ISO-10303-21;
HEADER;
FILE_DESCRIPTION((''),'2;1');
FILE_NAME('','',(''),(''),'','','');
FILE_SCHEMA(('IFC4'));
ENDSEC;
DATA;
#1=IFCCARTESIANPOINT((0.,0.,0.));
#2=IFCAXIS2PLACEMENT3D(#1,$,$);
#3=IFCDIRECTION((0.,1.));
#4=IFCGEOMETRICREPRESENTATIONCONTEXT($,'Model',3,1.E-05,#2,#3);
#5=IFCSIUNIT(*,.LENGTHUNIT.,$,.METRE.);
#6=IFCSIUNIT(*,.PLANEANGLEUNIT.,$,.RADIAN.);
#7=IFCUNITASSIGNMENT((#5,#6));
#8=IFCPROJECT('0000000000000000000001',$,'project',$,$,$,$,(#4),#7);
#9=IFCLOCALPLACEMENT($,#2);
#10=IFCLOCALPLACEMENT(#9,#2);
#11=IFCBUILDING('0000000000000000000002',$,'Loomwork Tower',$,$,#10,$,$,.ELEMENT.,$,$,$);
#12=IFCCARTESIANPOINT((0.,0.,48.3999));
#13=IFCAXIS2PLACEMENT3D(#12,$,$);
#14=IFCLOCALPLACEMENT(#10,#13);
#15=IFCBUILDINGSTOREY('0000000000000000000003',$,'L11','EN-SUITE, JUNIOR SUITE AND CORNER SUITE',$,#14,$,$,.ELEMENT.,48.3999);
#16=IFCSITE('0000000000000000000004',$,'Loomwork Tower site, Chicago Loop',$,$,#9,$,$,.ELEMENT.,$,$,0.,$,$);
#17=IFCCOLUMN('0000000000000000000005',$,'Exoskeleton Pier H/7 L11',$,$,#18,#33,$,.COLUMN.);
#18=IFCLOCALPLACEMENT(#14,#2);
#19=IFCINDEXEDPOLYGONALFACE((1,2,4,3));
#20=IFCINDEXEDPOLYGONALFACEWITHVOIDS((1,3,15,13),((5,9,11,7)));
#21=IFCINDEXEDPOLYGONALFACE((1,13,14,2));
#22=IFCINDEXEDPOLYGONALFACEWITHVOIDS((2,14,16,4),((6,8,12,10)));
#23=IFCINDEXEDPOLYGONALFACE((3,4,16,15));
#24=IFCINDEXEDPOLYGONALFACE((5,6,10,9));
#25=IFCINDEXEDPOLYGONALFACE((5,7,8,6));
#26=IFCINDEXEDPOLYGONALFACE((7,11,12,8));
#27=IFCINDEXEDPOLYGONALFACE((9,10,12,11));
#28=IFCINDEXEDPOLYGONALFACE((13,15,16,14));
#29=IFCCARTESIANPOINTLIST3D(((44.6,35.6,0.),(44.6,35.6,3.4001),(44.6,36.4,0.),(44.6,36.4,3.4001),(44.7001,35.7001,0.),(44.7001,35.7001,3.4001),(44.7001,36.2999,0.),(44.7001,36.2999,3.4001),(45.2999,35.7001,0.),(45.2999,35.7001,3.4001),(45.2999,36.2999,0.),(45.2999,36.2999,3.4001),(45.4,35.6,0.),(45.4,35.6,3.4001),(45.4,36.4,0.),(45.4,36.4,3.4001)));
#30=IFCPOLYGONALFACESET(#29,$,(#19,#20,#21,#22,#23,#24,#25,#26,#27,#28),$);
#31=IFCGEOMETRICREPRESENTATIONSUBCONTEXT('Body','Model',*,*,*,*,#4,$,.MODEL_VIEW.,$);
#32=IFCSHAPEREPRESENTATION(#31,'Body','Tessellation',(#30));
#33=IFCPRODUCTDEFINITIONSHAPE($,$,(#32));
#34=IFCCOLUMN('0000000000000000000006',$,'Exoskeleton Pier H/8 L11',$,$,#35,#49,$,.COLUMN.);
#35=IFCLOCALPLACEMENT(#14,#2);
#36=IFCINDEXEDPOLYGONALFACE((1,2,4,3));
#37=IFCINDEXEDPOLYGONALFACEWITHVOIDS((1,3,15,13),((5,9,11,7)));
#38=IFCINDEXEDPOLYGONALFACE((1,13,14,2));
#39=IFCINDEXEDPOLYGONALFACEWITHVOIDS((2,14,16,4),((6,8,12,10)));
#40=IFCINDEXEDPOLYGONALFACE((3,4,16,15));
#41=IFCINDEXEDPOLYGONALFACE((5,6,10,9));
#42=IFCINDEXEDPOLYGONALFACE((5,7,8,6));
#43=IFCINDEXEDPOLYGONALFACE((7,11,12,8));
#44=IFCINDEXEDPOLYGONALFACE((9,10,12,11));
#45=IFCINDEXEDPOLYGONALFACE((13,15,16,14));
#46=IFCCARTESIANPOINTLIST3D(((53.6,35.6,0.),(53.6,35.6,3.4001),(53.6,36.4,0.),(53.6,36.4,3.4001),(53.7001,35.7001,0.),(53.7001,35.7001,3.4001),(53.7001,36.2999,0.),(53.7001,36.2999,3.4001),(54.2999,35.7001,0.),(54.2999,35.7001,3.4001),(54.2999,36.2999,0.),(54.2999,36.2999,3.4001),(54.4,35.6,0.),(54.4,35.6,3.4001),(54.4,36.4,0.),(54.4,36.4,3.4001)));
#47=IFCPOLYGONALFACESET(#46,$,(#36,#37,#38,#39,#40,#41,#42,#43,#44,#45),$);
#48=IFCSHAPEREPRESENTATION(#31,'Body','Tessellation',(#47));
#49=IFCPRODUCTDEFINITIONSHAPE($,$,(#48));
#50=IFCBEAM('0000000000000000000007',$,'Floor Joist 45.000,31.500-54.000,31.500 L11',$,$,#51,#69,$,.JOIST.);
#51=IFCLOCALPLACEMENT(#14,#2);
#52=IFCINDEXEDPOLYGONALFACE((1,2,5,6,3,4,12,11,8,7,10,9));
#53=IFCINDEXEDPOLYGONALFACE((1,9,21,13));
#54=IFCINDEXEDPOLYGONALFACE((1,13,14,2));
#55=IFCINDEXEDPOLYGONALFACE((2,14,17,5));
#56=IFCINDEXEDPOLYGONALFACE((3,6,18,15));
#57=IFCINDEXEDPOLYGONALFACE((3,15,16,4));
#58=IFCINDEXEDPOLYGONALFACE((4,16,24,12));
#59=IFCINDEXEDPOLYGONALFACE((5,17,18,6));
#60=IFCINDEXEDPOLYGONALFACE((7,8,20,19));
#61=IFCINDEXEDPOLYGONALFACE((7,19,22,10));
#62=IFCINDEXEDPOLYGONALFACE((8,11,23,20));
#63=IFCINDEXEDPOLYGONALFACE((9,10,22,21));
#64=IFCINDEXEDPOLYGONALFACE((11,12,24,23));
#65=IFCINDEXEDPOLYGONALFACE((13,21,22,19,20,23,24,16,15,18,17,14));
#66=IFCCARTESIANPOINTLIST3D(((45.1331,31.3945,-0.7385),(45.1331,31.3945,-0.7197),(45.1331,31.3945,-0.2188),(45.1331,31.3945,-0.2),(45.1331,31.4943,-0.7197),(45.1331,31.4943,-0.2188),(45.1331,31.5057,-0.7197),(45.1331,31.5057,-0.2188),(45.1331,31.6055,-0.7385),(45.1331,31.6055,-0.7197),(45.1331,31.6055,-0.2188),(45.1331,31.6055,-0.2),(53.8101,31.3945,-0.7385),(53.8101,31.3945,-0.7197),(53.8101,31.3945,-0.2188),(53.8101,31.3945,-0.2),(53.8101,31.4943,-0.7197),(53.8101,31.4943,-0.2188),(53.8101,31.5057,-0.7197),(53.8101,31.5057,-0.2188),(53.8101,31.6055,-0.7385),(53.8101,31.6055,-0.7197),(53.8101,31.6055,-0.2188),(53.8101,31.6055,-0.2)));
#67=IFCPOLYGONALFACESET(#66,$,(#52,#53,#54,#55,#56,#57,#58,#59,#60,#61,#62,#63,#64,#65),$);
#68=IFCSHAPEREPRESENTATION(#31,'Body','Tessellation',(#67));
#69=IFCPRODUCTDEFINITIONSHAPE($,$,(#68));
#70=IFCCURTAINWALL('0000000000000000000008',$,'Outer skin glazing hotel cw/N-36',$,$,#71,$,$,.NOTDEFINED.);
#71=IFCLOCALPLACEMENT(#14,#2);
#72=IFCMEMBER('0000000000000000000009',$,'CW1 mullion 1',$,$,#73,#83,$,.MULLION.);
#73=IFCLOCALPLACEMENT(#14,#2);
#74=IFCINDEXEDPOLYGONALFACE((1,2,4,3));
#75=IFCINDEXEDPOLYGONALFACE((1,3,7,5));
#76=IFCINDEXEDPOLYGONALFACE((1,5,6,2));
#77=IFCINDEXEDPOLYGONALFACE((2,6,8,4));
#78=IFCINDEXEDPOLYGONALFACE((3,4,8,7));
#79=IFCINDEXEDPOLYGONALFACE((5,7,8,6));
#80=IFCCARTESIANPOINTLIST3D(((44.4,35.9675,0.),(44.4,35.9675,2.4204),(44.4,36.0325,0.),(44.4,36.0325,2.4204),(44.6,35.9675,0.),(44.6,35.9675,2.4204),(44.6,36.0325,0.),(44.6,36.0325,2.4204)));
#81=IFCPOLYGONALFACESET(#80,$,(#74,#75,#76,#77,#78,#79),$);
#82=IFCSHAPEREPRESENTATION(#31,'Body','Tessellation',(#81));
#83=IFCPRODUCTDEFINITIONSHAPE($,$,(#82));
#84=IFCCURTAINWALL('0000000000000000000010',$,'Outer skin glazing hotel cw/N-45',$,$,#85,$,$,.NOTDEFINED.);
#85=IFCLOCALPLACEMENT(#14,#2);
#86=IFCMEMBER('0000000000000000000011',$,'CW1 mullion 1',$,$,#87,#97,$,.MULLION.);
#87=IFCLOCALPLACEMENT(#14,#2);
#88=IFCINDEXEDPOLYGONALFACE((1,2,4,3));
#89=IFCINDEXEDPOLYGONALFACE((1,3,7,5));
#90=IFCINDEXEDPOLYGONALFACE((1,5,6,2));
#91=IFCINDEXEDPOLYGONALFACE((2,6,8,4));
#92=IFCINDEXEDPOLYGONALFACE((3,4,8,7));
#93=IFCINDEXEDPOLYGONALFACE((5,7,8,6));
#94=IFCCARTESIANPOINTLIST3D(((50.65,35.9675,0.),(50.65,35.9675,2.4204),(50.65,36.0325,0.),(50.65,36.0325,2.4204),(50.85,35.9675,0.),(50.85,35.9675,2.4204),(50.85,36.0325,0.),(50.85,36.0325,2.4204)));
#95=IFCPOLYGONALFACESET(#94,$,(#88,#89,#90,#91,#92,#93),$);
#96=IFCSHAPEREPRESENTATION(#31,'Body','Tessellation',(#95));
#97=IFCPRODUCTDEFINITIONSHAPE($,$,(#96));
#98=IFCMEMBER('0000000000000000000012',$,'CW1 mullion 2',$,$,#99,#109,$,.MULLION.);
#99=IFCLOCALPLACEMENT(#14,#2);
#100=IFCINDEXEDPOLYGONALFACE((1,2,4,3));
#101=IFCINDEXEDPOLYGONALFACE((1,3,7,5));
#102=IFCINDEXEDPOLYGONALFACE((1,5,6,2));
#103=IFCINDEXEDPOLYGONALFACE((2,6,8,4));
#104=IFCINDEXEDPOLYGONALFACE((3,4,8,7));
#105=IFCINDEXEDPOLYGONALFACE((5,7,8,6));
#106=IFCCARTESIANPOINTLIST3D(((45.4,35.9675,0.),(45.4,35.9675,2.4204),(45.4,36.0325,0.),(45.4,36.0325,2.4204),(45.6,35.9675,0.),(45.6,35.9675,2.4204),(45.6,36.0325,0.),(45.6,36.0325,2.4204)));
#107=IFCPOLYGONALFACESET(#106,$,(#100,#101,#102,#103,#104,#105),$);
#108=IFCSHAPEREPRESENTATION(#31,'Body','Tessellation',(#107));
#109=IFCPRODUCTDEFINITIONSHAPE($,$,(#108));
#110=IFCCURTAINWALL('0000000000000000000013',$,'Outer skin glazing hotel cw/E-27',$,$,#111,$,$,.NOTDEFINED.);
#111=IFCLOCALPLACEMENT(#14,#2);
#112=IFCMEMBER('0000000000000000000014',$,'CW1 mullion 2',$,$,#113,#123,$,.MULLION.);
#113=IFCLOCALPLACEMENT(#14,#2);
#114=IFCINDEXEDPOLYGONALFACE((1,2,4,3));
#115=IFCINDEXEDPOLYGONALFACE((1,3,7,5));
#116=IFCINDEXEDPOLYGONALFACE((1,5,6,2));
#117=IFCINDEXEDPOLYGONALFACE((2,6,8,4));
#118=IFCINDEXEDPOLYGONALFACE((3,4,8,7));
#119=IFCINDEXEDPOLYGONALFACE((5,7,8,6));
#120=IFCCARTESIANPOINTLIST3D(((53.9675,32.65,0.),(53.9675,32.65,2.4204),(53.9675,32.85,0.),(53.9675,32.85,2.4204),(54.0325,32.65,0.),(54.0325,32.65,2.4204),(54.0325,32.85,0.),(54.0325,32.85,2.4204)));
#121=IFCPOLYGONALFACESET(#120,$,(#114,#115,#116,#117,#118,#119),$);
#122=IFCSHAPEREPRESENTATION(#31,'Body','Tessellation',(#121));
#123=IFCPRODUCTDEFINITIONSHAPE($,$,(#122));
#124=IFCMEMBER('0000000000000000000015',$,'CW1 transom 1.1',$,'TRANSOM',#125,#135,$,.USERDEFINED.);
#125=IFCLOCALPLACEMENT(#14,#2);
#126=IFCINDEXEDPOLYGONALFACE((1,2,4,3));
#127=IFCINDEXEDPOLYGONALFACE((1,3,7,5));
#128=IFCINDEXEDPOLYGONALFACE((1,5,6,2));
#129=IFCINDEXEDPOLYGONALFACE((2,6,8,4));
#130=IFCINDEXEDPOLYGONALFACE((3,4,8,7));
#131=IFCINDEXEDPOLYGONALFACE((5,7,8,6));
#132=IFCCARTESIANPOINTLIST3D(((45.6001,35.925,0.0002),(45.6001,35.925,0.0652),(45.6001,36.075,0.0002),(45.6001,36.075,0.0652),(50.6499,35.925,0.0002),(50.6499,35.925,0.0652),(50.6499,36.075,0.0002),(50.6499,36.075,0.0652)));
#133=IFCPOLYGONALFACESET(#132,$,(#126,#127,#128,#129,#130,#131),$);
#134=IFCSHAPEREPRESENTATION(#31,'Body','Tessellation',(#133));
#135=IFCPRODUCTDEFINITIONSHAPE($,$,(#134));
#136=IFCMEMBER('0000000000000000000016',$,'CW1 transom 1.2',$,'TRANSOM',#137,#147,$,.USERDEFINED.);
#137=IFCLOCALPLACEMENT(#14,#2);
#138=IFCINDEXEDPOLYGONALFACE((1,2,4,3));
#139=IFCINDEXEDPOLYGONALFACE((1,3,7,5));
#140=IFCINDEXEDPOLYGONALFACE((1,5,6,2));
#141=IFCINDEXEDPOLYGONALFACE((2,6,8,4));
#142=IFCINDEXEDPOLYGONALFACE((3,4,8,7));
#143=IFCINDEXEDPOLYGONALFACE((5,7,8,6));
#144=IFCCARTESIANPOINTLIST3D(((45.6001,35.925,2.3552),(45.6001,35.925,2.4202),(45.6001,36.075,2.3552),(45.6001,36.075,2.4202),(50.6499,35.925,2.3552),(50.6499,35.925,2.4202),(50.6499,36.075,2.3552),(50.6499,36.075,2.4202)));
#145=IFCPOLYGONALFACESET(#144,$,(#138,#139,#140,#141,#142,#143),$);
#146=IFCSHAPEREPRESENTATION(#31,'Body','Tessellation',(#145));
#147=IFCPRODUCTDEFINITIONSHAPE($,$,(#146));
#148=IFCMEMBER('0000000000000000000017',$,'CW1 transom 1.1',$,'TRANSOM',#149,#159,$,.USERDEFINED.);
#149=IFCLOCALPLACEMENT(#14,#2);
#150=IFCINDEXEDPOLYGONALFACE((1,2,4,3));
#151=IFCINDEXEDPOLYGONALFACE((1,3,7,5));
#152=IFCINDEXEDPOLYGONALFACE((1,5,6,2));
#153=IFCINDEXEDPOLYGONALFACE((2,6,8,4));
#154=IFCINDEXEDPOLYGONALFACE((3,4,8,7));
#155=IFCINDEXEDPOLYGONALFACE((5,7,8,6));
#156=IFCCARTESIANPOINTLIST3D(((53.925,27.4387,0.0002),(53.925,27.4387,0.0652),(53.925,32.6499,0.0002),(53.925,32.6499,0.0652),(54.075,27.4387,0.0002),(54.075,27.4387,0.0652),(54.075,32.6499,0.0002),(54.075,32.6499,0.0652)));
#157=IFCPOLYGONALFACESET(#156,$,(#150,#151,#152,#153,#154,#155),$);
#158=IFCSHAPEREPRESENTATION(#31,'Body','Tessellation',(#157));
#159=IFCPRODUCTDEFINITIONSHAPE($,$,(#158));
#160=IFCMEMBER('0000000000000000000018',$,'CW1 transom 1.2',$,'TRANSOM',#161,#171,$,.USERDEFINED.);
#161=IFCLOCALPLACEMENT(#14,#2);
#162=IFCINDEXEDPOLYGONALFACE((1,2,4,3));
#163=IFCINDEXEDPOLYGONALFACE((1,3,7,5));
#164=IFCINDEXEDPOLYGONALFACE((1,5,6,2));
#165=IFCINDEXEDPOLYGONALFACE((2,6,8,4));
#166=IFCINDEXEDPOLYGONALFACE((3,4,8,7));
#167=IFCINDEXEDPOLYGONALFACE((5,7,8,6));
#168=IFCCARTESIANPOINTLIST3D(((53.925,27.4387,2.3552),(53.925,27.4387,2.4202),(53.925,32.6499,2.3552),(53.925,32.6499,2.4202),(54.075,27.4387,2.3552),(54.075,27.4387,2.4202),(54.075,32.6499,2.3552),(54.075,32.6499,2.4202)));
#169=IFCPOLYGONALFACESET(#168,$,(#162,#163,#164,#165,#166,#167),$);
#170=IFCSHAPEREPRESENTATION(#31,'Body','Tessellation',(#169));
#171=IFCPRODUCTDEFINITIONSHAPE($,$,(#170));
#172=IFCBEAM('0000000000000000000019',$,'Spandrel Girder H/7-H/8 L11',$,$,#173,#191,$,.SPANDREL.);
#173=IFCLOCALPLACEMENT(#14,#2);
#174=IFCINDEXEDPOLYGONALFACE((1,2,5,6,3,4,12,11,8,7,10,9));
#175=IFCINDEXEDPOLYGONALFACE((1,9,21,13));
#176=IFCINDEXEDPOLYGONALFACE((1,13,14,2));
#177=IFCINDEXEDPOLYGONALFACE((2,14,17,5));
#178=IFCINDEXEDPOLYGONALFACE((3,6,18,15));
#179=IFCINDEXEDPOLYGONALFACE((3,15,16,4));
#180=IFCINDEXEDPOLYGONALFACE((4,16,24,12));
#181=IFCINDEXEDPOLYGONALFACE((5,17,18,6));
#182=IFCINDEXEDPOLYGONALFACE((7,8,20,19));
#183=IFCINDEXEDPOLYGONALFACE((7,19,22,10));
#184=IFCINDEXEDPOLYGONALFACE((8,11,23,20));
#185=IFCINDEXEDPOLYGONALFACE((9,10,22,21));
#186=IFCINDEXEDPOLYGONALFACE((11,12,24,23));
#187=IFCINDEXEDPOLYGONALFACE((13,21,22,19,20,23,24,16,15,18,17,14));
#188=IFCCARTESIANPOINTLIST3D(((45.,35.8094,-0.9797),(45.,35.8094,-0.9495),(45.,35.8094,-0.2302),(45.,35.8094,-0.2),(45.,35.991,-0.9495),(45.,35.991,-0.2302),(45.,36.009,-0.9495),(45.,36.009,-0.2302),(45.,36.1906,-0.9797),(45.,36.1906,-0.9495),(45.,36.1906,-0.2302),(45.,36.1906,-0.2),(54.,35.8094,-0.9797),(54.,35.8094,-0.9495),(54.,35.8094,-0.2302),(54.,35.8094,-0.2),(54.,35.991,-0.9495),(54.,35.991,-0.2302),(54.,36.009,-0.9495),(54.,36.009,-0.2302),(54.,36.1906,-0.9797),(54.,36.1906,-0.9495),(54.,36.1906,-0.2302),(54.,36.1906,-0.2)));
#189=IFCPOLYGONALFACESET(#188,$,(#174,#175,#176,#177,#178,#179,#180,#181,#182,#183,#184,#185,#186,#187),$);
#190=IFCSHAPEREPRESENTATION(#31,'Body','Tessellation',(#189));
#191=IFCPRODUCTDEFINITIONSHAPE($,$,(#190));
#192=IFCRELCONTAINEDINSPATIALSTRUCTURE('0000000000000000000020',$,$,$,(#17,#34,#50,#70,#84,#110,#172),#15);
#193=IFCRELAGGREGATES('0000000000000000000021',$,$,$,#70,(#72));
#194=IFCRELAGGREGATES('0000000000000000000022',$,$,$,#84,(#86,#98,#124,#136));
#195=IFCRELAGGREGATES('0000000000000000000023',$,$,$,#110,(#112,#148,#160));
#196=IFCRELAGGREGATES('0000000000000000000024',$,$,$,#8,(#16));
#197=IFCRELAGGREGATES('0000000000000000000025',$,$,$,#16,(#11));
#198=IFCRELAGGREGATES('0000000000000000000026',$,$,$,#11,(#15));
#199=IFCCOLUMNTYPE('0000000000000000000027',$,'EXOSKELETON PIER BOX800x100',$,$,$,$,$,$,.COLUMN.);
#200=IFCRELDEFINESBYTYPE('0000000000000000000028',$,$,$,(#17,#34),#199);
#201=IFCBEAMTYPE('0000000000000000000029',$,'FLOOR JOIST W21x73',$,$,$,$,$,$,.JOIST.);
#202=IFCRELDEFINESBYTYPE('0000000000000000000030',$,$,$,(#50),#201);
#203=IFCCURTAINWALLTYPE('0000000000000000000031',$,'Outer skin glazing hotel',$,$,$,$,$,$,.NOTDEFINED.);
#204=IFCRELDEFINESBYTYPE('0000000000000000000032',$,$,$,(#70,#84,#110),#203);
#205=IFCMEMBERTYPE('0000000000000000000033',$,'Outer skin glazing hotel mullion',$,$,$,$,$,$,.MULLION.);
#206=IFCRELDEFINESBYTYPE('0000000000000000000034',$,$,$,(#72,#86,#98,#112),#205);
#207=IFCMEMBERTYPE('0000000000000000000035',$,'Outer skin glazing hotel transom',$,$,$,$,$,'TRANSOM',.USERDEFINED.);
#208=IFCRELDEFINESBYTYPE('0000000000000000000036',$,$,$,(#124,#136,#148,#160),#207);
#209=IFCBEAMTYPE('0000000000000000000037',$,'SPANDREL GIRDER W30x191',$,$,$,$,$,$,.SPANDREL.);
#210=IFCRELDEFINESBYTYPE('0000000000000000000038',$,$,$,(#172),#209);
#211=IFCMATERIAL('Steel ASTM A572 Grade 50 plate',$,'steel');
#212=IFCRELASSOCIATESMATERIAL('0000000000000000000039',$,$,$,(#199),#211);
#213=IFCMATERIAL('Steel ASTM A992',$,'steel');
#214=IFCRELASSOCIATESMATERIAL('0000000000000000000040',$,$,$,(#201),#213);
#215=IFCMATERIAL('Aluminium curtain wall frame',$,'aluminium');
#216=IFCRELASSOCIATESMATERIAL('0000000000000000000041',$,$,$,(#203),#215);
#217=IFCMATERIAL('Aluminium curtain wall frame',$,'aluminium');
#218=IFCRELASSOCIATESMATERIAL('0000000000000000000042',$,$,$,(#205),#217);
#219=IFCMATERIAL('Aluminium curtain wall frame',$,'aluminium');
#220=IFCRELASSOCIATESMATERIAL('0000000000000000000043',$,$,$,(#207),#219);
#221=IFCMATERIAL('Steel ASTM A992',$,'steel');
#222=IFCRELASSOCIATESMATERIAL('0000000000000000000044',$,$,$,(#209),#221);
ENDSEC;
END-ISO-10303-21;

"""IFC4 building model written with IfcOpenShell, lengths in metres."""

from ifc_helpers import new_model, si_unit, direction, frame, origin, origin_2d, place, context, subcontext, project, spatial, rectangle, hollow_rectangle, i_section, extrude, material, material_profile, profile_set, type_object, element, aggregate, save


model = new_model("IFC4")

# Units and contexts
model_context = context("Model", 3, precision=1e-05, world=origin(), true_north=direction((0.0, 1.0)))
body_context = subcontext(model_context, "Body", "Model", "MODEL_VIEW")
ifc_project = project(units=[si_unit("LENGTHUNIT", "METRE"), si_unit("PLANEANGLEUNIT", "RADIAN")], contexts=[model_context])

# Site, building, storey
site_placement = place(None, origin())
site = spatial("IfcSite", under=ifc_project, at=site_placement, Name="Loomwork Tower site, Chicago Loop", CompositionType="ELEMENT", RefElevation=0.0)
building_placement = place(site_placement, origin())
building = spatial("IfcBuilding", under=site, at=building_placement, Name="Loomwork Tower", CompositionType="ELEMENT")
storey_placement = place(building_placement, frame((0.0, 0.0, 48.3999)))
storey = spatial("IfcBuildingStorey", under=building, at=storey_placement, Name="L11", Description="EN-SUITE, JUNIOR SUITE AND CORNER SUITE", CompositionType="ELEMENT", Elevation=48.3999)

# Columns
ifc_material_1 = material(Name="Steel ASTM A572 Grade 50 plate", Category="steel")
ifc_material_profile_1 = material_profile(ifc_material_1, hollow_rectangle(XDim=0.8, YDim=0.8, WallThickness=0.1001, at=origin_2d()), Name="BOX800x100")
ifc_profile_set_1 = profile_set([ifc_material_profile_1], Name="Steel ASTM A572 Grade 50 plate")
column_type = type_object("IfcColumnType", Name="EXOSKELETON PIER BOX800x100", PredefinedType="COLUMN", material=ifc_profile_set_1)
for number, where, z_axis, x_axis, name in (
    (1, (45.0, 36.0, 0.0), (0.0, 0.0, 1.0), (1.0, 0.0, 0.0), "Exoskeleton Pier H/7 L11"),
    (2, (54.0, 36.0, 0.0), (0.0, 0.0, 1.0), (1.0, 0.0, 0.0), "Exoskeleton Pier H/8 L11"),
):
    element("IfcColumn", number, at=place(storey_placement, frame(where, z_axis=z_axis, x_axis=x_axis)), inside=storey, type_object=column_type, Name=name, PredefinedType="COLUMN", context=body_context, shape_type="SweptSolid", body=[
        extrude(hollow_rectangle(XDim=0.8, YDim=0.8, WallThickness=0.1001, at=origin_2d()), origin(), (0.0, 0.0, 1.0), 3.4001),
    ])

# Beam
ifc_material_2 = material(Name="Steel ASTM A992", Category="steel")
ifc_material_profile_2 = material_profile(ifc_material_2, i_section(OverallWidth=0.2109, OverallDepth=0.5386, WebThickness=0.0115, FlangeThickness=0.0188, at=origin_2d()), Name="W21x73")
ifc_profile_set_2 = profile_set([ifc_material_profile_2], Name="Steel ASTM A992")
beam_type_1 = type_object("IfcBeamType", Name="FLOOR JOIST W21x73", PredefinedType="JOIST", material=ifc_profile_set_2)
beam_1_placement = place(storey_placement, frame((45.1331, 31.5, -0.4692), z_axis=(1.0, 0.0, 0.0), x_axis=(0.0, 1.0, 0.0)))
element("IfcBeam", 3, at=beam_1_placement, inside=storey, type_object=beam_type_1, Name="Floor Joist 45.000,31.500-54.000,31.500 L11", PredefinedType="JOIST", context=body_context, shape_type="SweptSolid", body=[
    extrude(i_section(OverallWidth=0.2109, OverallDepth=0.5386, WebThickness=0.0115, FlangeThickness=0.0188, at=origin_2d()), origin(), (0.0, 0.0, 1.0), 8.677),
])

# Curtain wall, member
ifc_material_3 = material(Name="Aluminium curtain wall frame", Category="aluminium")
curtain_wall_type = type_object("IfcCurtainWallType", Name="Outer skin glazing hotel", PredefinedType="NOTDEFINED", material=ifc_material_3)
curtain_wall_1_placement = place(storey_placement, origin())
curtain_wall_1 = element("IfcCurtainWall", 4, at=curtain_wall_1_placement, inside=storey, type_object=curtain_wall_type, Name="Outer skin glazing hotel cw/N-36", PredefinedType="NOTDEFINED")
ifc_material_4 = material(Name="Aluminium curtain wall frame", Category="aluminium")
ifc_material_profile_3 = material_profile(ifc_material_4, rectangle(XDim=0.0649, YDim=0.2, at=origin_2d()), Name="AL 65x200")
ifc_profile_set_3 = profile_set([ifc_material_profile_3], Name="Aluminium curtain wall frame")
member_type_1 = type_object("IfcMemberType", Name="Outer skin glazing hotel mullion", PredefinedType="MULLION", material=ifc_profile_set_3)
member_1_placement = place(storey_placement, frame((44.5, 36.0, 0.0), z_axis=(0.0, 0.0, 1.0), x_axis=(0.0, -1.0, 0.0)))
member_1 = element("IfcMember", 5, at=member_1_placement, type_object=member_type_1, Name="CW1 mullion 1", PredefinedType="MULLION", context=body_context, shape_type="SweptSolid", body=[
    extrude(rectangle(XDim=0.0649, YDim=0.2, at=origin_2d()), origin(), (0.0, 0.0, 1.0), 2.4204),
])
aggregate(curtain_wall_1, [member_1])

# Curtain wall, members
curtain_wall_2_placement = place(storey_placement, origin())
curtain_wall_2 = element("IfcCurtainWall", 6, at=curtain_wall_2_placement, inside=storey, type_object=curtain_wall_type, Name="Outer skin glazing hotel cw/N-45", PredefinedType="NOTDEFINED")
member_2_placement = place(storey_placement, frame((50.75, 36.0, 0.0), z_axis=(0.0, 0.0, 1.0), x_axis=(0.0, -1.0, 0.0)))
member_2 = element("IfcMember", 7, at=member_2_placement, type_object=member_type_1, Name="CW1 mullion 1", PredefinedType="MULLION", context=body_context, shape_type="SweptSolid", body=[
    extrude(rectangle(XDim=0.0649, YDim=0.2, at=origin_2d()), origin(), (0.0, 0.0, 1.0), 2.4204),
])
member_3_placement = place(storey_placement, frame((45.5, 36.0, 0.0), z_axis=(0.0, 0.0, 1.0), x_axis=(0.0, -1.0, 0.0)))
member_3 = element("IfcMember", 8, at=member_3_placement, type_object=member_type_1, Name="CW1 mullion 2", PredefinedType="MULLION", context=body_context, shape_type="SweptSolid", body=[
    extrude(rectangle(XDim=0.0649, YDim=0.2, at=origin_2d()), origin(), (0.0, 0.0, 1.0), 2.4204),
])

# Curtain wall, member
curtain_wall_3_placement = place(storey_placement, origin())
curtain_wall_3 = element("IfcCurtainWall", 9, at=curtain_wall_3_placement, inside=storey, type_object=curtain_wall_type, Name="Outer skin glazing hotel cw/E-27", PredefinedType="NOTDEFINED")
member_4_placement = place(storey_placement, frame((54.0, 32.75, 0.0), z_axis=(0.0, 0.0, 1.0), x_axis=(-1.0, 0.0, 0.0)))
member_4 = element("IfcMember", 10, at=member_4_placement, type_object=member_type_1, Name="CW1 mullion 2", PredefinedType="MULLION", context=body_context, shape_type="SweptSolid", body=[
    extrude(rectangle(XDim=0.0649, YDim=0.2, at=origin_2d()), origin(), (0.0, 0.0, 1.0), 2.4204),
])

# Members
ifc_material_5 = material(Name="Aluminium curtain wall frame", Category="aluminium")
ifc_material_profile_4 = material_profile(ifc_material_5, rectangle(XDim=0.1499, YDim=0.0649, at=origin_2d()), Name="AL 65x150")
ifc_profile_set_4 = profile_set([ifc_material_profile_4], Name="Aluminium curtain wall frame")
member_type_2 = type_object("IfcMemberType", Name="Outer skin glazing hotel transom", ElementType="TRANSOM", PredefinedType="USERDEFINED", material=ifc_profile_set_4)
member_5_placement = place(storey_placement, frame((50.6499, 36.0, 0.0327), z_axis=(-1.0, 0.0, 0.0), x_axis=(0.0, -1.0, 0.0)))
member_5 = element("IfcMember", 11, at=member_5_placement, type_object=member_type_2, Name="CW1 transom 1.1", ObjectType="TRANSOM", PredefinedType="USERDEFINED", context=body_context, shape_type="SweptSolid", body=[
    extrude(rectangle(XDim=0.1499, YDim=0.0649, at=origin_2d()), origin(), (0.0, 0.0, 1.0), 5.0498),
])
member_6_placement = place(storey_placement, frame((50.6499, 36.0, 2.3877), z_axis=(-1.0, 0.0, 0.0), x_axis=(0.0, -1.0, 0.0)))
member_6 = element("IfcMember", 12, at=member_6_placement, type_object=member_type_2, Name="CW1 transom 1.2", ObjectType="TRANSOM", PredefinedType="USERDEFINED", context=body_context, shape_type="SweptSolid", body=[
    extrude(rectangle(XDim=0.1499, YDim=0.0649, at=origin_2d()), origin(), (0.0, 0.0, 1.0), 5.0498),
])
member_7_placement = place(storey_placement, frame((54.0, 27.4387, 0.0327), z_axis=(0.0, 1.0, 0.0), x_axis=(-1.0, 0.0, 0.0)))
member_7 = element("IfcMember", 13, at=member_7_placement, type_object=member_type_2, Name="CW1 transom 1.1", ObjectType="TRANSOM", PredefinedType="USERDEFINED", context=body_context, shape_type="SweptSolid", body=[
    extrude(rectangle(XDim=0.1499, YDim=0.0649, at=origin_2d()), origin(), (0.0, 0.0, 1.0), 5.2112),
])
member_8_placement = place(storey_placement, frame((54.0, 27.4387, 2.3877), z_axis=(0.0, 1.0, 0.0), x_axis=(-1.0, 0.0, 0.0)))
member_8 = element("IfcMember", 14, at=member_8_placement, type_object=member_type_2, Name="CW1 transom 1.2", ObjectType="TRANSOM", PredefinedType="USERDEFINED", context=body_context, shape_type="SweptSolid", body=[
    extrude(rectangle(XDim=0.1499, YDim=0.0649, at=origin_2d()), origin(), (0.0, 0.0, 1.0), 5.2112),
])

# Beam
ifc_material_6 = material(Name="Steel ASTM A992", Category="steel")
ifc_material_profile_5 = material_profile(ifc_material_6, i_section(OverallWidth=0.3811, OverallDepth=0.7798, WebThickness=0.0181, FlangeThickness=0.0303, at=origin_2d()), Name="W30x191")
ifc_profile_set_5 = profile_set([ifc_material_profile_5], Name="Steel ASTM A992")
beam_type_2 = type_object("IfcBeamType", Name="SPANDREL GIRDER W30x191", PredefinedType="SPANDREL", material=ifc_profile_set_5)
beam_2_placement = place(storey_placement, frame((45.0, 36.0, -0.5898), z_axis=(1.0, 0.0, 0.0), x_axis=(0.0, 1.0, 0.0)))
element("IfcBeam", 15, at=beam_2_placement, inside=storey, type_object=beam_type_2, Name="Spandrel Girder H/7-H/8 L11", PredefinedType="SPANDREL", context=body_context, shape_type="SweptSolid", body=[
    extrude(i_section(OverallWidth=0.3811, OverallDepth=0.7798, WebThickness=0.0181, FlangeThickness=0.0303, at=origin_2d()), origin(), (0.0, 0.0, 1.0), 9.0),
])

aggregate(curtain_wall_2, [member_2, member_3, member_5, member_6])
aggregate(curtain_wall_3, [member_4, member_7, member_8])

save(model, "model.ifc")
